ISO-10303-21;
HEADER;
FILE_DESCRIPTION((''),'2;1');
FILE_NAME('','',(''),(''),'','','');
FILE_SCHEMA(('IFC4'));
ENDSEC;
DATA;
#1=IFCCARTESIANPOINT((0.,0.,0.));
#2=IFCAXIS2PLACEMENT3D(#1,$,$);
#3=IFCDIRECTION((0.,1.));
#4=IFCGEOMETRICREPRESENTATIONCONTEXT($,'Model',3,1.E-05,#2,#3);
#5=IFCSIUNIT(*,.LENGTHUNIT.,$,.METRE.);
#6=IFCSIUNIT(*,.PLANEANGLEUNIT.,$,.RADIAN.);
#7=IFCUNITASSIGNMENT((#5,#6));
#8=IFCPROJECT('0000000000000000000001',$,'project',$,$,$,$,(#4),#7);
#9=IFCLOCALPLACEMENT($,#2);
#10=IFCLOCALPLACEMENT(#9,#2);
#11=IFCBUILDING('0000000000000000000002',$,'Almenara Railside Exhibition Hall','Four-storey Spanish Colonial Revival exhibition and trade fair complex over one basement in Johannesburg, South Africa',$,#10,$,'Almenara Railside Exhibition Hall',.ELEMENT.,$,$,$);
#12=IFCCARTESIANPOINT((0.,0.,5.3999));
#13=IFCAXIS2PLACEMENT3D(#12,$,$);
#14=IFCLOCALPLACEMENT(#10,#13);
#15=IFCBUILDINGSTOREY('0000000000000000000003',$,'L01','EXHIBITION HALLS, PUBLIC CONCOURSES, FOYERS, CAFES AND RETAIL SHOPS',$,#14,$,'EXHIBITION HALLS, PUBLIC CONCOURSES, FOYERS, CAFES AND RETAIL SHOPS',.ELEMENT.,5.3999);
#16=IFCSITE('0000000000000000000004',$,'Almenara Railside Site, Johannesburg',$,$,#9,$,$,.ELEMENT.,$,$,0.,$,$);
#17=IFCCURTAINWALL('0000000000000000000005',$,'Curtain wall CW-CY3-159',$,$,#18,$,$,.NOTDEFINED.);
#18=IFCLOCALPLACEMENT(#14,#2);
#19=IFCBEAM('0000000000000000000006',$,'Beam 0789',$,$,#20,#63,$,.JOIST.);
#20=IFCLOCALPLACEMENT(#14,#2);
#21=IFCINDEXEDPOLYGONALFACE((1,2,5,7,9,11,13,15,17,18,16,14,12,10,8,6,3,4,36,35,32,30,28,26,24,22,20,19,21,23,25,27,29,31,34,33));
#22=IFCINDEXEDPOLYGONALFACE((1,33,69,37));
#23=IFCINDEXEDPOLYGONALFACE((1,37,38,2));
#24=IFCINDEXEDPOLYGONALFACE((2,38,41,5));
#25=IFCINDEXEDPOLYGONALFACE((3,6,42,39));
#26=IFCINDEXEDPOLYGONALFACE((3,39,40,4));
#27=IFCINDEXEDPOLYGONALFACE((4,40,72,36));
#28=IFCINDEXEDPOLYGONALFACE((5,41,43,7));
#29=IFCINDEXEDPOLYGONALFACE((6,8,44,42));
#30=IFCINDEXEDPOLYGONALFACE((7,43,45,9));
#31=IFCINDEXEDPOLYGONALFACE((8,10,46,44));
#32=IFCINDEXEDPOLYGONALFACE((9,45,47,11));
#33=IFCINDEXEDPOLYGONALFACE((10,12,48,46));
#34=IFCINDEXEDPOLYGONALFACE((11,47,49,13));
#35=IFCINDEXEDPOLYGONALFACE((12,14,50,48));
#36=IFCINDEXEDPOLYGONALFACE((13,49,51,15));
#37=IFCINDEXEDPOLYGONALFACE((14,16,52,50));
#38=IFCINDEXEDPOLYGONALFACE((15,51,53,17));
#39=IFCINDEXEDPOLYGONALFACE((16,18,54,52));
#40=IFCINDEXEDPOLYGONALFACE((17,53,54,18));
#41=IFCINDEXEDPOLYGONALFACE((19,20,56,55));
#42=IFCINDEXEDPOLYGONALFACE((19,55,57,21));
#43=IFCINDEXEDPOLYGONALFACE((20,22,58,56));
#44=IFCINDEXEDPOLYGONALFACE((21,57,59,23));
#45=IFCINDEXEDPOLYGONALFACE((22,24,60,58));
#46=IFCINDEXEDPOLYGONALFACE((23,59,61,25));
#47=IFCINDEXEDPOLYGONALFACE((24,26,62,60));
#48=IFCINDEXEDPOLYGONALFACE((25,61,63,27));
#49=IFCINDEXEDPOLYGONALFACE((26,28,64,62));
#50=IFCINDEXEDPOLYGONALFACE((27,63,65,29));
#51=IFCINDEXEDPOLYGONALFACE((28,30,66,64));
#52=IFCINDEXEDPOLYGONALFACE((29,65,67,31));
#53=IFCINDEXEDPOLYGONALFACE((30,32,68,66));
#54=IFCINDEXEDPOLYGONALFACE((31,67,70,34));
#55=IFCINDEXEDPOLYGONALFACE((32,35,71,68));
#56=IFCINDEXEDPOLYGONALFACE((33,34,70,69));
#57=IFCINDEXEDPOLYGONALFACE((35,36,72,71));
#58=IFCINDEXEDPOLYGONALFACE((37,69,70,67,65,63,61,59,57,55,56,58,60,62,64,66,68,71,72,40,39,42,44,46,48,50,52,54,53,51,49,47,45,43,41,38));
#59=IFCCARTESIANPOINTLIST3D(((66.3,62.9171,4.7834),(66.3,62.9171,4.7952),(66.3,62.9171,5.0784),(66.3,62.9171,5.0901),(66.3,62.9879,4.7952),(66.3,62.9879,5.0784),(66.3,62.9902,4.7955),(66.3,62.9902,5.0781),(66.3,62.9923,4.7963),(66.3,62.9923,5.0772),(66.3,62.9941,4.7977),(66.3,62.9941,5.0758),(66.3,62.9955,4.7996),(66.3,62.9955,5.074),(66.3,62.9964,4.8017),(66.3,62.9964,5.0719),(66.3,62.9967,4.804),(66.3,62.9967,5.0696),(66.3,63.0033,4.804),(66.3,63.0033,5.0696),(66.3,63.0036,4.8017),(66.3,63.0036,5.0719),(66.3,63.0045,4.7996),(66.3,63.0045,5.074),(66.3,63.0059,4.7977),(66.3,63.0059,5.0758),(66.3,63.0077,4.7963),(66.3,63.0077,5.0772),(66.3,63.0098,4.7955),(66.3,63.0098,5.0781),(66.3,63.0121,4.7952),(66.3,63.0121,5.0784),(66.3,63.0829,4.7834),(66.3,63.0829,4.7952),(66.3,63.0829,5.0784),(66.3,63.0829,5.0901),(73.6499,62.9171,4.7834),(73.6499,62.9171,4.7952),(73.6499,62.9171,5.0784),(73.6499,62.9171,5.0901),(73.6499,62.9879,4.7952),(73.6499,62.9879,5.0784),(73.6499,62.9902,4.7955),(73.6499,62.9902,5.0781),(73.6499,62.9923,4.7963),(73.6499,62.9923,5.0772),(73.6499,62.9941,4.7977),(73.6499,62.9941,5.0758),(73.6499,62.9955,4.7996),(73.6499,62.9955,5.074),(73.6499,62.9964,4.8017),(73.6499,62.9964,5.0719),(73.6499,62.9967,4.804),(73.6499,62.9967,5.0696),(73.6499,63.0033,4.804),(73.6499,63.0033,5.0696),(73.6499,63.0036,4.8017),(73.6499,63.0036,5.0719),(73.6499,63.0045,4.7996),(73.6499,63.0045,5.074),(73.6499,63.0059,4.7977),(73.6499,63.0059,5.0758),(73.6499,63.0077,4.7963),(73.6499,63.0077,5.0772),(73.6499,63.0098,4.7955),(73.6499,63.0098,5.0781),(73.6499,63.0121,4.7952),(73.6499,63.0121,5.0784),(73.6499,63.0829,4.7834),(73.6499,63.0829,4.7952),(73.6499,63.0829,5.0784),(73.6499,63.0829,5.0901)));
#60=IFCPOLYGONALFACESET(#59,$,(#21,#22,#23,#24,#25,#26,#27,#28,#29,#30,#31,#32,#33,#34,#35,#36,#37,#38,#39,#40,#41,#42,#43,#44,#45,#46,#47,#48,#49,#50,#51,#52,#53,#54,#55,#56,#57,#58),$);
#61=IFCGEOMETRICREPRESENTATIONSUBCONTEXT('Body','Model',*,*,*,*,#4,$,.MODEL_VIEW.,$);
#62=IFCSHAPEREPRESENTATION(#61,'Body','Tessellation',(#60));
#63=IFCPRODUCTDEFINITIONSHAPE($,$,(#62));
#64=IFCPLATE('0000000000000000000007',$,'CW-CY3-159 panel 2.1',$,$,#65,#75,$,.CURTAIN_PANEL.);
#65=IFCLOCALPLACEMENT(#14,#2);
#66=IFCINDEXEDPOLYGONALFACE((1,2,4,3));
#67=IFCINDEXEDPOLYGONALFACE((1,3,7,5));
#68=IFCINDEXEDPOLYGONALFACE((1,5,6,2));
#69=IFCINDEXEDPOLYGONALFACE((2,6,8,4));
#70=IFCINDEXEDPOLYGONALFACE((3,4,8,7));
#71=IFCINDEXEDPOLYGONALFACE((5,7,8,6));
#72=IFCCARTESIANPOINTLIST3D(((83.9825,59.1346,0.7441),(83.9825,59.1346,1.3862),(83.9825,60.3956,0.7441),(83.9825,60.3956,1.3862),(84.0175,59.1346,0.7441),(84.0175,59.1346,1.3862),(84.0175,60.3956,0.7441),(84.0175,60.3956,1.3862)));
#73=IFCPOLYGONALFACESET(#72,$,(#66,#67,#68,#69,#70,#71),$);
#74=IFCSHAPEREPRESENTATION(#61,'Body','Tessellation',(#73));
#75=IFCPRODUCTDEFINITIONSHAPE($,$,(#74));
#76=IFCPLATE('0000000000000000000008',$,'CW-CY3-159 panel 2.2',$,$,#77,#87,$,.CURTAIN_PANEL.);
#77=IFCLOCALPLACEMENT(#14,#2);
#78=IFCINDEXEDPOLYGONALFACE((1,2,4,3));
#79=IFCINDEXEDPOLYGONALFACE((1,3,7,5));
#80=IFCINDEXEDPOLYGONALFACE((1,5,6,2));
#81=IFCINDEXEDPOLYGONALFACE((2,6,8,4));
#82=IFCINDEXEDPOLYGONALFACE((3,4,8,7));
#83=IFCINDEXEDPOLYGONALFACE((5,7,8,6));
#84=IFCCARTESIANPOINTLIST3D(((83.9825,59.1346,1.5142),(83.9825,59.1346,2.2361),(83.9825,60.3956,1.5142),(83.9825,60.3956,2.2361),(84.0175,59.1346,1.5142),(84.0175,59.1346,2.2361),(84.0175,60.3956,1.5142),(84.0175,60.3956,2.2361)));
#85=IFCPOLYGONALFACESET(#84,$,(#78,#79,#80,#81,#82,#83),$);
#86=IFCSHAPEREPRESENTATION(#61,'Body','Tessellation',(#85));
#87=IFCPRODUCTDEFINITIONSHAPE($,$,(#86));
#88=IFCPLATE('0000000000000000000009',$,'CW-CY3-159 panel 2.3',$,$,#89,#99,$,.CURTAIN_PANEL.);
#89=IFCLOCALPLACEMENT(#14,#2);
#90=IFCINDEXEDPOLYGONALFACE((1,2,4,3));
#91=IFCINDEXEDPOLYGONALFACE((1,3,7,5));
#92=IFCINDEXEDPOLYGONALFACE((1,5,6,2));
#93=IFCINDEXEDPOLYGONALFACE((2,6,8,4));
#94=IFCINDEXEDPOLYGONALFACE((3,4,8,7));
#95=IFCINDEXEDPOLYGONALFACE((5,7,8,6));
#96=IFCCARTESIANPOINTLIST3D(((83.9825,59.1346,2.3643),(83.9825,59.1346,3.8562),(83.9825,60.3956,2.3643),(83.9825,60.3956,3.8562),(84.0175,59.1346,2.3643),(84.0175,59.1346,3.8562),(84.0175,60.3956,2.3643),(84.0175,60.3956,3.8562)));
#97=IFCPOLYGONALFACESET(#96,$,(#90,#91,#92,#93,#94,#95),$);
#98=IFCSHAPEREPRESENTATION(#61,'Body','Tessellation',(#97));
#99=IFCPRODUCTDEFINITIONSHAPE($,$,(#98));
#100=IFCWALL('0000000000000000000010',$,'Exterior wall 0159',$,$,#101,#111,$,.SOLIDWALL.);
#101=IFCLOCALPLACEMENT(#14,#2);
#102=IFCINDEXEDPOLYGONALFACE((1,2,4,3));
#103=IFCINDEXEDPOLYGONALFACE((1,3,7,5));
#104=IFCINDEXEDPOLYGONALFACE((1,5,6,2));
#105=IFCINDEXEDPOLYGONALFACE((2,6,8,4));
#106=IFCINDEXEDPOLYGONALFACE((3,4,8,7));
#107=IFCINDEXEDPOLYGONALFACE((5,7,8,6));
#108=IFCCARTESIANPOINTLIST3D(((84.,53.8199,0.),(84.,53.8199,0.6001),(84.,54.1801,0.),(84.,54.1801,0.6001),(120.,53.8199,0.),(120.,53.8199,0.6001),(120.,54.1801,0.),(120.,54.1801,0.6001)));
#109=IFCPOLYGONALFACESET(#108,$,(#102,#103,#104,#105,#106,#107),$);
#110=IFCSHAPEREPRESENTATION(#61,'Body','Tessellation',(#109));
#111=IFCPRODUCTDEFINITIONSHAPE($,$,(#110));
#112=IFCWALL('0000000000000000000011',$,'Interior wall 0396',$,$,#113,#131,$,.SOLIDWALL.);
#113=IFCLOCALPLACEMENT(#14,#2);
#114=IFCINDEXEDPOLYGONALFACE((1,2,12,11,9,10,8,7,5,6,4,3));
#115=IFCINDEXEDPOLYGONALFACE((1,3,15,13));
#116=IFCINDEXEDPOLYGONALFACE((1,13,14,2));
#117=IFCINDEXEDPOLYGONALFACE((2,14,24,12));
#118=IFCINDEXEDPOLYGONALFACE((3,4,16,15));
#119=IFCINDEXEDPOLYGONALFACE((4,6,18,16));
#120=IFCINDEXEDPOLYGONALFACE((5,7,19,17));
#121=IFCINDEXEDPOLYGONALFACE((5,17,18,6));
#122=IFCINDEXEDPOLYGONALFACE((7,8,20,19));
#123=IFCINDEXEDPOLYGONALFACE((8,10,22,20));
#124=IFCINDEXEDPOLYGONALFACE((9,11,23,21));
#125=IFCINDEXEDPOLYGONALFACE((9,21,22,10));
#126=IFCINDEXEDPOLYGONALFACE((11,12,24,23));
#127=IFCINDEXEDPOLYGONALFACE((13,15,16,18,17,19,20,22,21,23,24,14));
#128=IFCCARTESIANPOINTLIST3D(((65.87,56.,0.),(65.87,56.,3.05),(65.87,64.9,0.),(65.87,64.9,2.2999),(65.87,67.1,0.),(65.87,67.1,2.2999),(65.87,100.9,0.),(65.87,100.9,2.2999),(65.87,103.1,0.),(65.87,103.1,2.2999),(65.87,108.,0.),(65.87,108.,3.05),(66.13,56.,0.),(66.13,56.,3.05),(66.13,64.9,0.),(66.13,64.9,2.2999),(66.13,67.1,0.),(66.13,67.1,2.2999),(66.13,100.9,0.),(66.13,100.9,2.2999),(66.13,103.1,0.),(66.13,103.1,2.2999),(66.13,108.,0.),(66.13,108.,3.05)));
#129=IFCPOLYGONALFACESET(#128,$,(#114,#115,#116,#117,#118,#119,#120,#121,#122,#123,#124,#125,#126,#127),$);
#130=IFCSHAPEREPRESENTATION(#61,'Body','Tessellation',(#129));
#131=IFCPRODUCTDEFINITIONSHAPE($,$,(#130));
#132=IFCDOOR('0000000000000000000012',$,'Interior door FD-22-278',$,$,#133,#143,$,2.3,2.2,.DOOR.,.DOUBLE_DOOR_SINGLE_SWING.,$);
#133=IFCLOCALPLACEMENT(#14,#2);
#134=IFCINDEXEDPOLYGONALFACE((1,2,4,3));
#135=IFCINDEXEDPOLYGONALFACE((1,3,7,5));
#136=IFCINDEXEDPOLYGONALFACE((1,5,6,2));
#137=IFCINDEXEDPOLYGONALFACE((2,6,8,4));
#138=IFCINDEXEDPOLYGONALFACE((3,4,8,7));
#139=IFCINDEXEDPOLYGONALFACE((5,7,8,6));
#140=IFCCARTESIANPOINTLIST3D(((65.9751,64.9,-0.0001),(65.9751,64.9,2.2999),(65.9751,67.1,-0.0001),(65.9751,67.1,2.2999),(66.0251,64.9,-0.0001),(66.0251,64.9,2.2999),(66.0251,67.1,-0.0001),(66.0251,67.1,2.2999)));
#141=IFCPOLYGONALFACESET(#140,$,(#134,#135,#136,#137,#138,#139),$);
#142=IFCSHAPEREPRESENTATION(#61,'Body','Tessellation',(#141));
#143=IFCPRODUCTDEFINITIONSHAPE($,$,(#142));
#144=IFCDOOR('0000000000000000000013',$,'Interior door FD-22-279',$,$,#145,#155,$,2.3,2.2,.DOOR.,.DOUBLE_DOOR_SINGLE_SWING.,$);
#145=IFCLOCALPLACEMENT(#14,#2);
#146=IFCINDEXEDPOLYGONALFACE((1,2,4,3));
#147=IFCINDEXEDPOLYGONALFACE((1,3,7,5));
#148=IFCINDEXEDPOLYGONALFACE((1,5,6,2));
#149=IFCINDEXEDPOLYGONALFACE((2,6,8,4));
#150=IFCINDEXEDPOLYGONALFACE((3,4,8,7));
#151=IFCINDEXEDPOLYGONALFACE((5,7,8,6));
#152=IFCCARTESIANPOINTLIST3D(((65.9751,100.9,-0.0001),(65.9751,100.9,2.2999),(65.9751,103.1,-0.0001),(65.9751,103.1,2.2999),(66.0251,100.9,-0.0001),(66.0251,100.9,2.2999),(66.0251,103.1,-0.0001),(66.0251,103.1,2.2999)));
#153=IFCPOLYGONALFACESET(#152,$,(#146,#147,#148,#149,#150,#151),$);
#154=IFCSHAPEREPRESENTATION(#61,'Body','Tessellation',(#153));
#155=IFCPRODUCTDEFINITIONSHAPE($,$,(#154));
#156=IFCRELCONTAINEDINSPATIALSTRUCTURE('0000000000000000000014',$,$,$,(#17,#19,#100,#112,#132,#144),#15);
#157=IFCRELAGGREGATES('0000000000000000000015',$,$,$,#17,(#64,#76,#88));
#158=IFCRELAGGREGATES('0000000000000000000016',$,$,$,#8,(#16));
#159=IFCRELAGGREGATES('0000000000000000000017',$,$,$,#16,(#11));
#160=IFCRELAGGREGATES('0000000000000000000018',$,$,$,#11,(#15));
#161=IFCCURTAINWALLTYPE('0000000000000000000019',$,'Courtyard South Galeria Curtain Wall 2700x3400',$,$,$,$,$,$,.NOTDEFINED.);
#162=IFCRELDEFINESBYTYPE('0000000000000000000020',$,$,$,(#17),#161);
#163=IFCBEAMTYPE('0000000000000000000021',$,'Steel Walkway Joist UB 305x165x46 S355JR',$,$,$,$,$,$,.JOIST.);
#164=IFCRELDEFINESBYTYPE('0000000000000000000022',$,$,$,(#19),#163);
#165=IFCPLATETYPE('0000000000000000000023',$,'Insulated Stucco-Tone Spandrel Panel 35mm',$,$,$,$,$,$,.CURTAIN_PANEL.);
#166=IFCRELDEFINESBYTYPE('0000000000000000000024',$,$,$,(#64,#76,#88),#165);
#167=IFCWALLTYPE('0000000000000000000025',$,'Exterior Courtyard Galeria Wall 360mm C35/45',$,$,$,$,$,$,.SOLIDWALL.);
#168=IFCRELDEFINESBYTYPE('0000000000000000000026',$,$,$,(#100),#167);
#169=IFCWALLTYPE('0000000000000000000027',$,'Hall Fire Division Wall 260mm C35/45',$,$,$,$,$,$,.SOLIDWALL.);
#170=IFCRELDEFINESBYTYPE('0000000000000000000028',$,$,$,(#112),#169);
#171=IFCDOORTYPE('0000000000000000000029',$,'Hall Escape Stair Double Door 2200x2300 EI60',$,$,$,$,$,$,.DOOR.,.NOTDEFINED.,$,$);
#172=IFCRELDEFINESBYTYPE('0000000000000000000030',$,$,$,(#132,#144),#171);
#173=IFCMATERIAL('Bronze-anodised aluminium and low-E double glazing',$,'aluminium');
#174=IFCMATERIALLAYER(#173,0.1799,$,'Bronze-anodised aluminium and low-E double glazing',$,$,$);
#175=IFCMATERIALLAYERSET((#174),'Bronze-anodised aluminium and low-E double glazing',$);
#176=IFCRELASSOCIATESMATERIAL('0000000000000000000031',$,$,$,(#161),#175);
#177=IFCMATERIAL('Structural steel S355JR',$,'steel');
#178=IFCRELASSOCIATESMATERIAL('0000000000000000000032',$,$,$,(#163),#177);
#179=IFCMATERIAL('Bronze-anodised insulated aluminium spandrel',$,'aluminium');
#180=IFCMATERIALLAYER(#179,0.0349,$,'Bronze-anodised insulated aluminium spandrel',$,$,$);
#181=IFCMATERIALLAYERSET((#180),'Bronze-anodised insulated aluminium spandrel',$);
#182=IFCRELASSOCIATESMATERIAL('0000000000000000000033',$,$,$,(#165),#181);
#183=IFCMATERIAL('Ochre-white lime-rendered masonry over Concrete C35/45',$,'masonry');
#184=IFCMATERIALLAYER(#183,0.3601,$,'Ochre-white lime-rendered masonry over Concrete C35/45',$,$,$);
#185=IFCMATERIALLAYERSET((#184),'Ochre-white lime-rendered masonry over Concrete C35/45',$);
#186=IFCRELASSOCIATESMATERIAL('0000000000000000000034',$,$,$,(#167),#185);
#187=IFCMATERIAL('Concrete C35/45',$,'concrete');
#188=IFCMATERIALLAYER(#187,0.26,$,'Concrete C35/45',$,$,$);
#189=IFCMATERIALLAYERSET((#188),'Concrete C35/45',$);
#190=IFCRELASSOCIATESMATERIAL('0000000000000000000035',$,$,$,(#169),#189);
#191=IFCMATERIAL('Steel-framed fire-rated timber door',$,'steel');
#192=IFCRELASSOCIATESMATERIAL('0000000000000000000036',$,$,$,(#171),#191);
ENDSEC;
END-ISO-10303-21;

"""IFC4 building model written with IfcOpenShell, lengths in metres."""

from ifc_helpers import new_model, si_unit, direction, frame, frame_2d, origin, origin_2d, place, context, subcontext, project, spatial, rectangle, i_section, extrude, material, layer, layer_set, material_profile, profile_set, type_object, element, fill, aggregate, save


model = new_model("IFC4")

# Units and contexts
model_context = context("Model", 3, precision=1e-05, world=origin(), true_north=direction((0.0, 1.0)))
body_context = subcontext(model_context, "Body", "Model", "MODEL_VIEW")
ifc_project = project(units=[si_unit("LENGTHUNIT", "METRE"), si_unit("PLANEANGLEUNIT", "RADIAN")], contexts=[model_context])

# Site, building, storey
site_placement = place(None, origin())
site = spatial("IfcSite", under=ifc_project, at=site_placement, Name="Almenara Railside Site, Johannesburg", CompositionType="ELEMENT", RefElevation=0.0)
building_placement = place(site_placement, origin())
building = spatial("IfcBuilding", under=site, at=building_placement, Name="Almenara Railside Exhibition Hall", Description="Four-storey Spanish Colonial Revival exhibition and trade fair complex over one basement in Johannesburg, South Africa", LongName="Almenara Railside Exhibition Hall", CompositionType="ELEMENT")
storey_placement = place(building_placement, frame((0.0, 0.0, 5.3999)))
storey = spatial("IfcBuildingStorey", under=building, at=storey_placement, Name="L01", Description="EXHIBITION HALLS, PUBLIC CONCOURSES, FOYERS, CAFES AND RETAIL SHOPS", LongName="EXHIBITION HALLS, PUBLIC CONCOURSES, FOYERS, CAFES AND RETAIL SHOPS", CompositionType="ELEMENT", Elevation=5.3999)

# Shared definitions
ifc_material_1 = material(Name="Concrete C35/45", Category="concrete")

# Curtain wall
ifc_material_2 = material(Name="Bronze-anodised aluminium and low-E double glazing", Category="aluminium")
ifc_layer_1 = layer(ifc_material_2, 0.1799, Name="Bronze-anodised aluminium and low-E double glazing")
ifc_layer_set_1 = layer_set([ifc_layer_1], Name="Bronze-anodised aluminium and low-E double glazing")
curtain_wall_type = type_object("IfcCurtainWallType", Name="Courtyard South Galeria Curtain Wall 2700x3400", PredefinedType="NOTDEFINED", material=ifc_layer_set_1)
curtain_wall_placement = place(storey_placement, origin())
curtain_wall = element("IfcCurtainWall", 1, at=curtain_wall_placement, inside=storey, type_object=curtain_wall_type, Name="Curtain wall CW-CY3-159", PredefinedType="NOTDEFINED")

# Beam
ifc_material_3 = material(Name="Structural steel S355JR", Category="steel")
ifc_material_profile_1 = material_profile(ifc_material_3, i_section(OverallWidth=0.1658, OverallDepth=0.3066, WebThickness=0.0066, FlangeThickness=0.0117, FilletRadius=0.0088, at=origin_2d()), Name="UB 305x165x46")
ifc_profile_set_1 = profile_set([ifc_material_profile_1], Name="Structural steel S355JR")
beam_type_1 = type_object("IfcBeamType", Name="Steel Walkway Joist UB 305x165x46 S355JR", PredefinedType="JOIST", material=ifc_profile_set_1)
beam_1_placement = place(storey_placement, frame((66.3, 63.0, 4.9368), z_axis=(1.0, 0.0, 0.0), x_axis=(0.0, 1.0, 0.0)))
element("IfcBeam", 2, at=beam_1_placement, inside=storey, type_object=beam_type_1, Name="Beam 0789", PredefinedType="JOIST", context=body_context, shape_type="SweptSolid", body=[
    extrude(i_section(OverallWidth=0.1658, OverallDepth=0.3066, WebThickness=0.0066, FlangeThickness=0.0117, FilletRadius=0.0088, at=origin_2d()), origin(), (0.0, 0.0, 1.0), 7.3499),
])

# Plates
ifc_material_4 = material(Name="Bronze-anodised insulated aluminium spandrel", Category="aluminium")
ifc_layer_2 = layer(ifc_material_4, 0.0349, Name="Bronze-anodised insulated aluminium spandrel")
ifc_layer_set_2 = layer_set([ifc_layer_2], Name="Bronze-anodised insulated aluminium spandrel")
plate_type = type_object("IfcPlateType", Name="Insulated Stucco-Tone Spandrel Panel 35mm", PredefinedType="CURTAIN_PANEL", material=ifc_layer_set_2)
plate_1_placement = place(storey_placement, frame((84.0, 59.7651, 0.7441), z_axis=(0.0, 0.0, 1.0), x_axis=(0.0, -1.0, 0.0)))
plate_1 = element("IfcPlate", 3, at=plate_1_placement, type_object=plate_type, Name="CW-CY3-159 panel 2.1", PredefinedType="CURTAIN_PANEL", context=body_context, shape_type="SweptSolid", body=[
    extrude(rectangle(XDim=1.261, YDim=0.0349, at=origin_2d()), origin(), (0.0, 0.0, 1.0), 0.6421),
])
plate_2_placement = place(storey_placement, frame((84.0, 59.7651, 1.5142), z_axis=(0.0, 0.0, 1.0), x_axis=(0.0, -1.0, 0.0)))
plate_2 = element("IfcPlate", 4, at=plate_2_placement, type_object=plate_type, Name="CW-CY3-159 panel 2.2", PredefinedType="CURTAIN_PANEL", context=body_context, shape_type="SweptSolid", body=[
    extrude(rectangle(XDim=1.261, YDim=0.0349, at=origin_2d()), origin(), (0.0, 0.0, 1.0), 0.7219),
])
plate_3_placement = place(storey_placement, frame((84.0, 59.7651, 2.3643), z_axis=(0.0, 0.0, 1.0), x_axis=(0.0, -1.0, 0.0)))
plate_3 = element("IfcPlate", 5, at=plate_3_placement, type_object=plate_type, Name="CW-CY3-159 panel 2.3", PredefinedType="CURTAIN_PANEL", context=body_context, shape_type="SweptSolid", body=[
    extrude(rectangle(XDim=1.261, YDim=0.0349, at=origin_2d()), origin(), (0.0, 0.0, 1.0), 1.4919),
])
aggregate(curtain_wall, [plate_1, plate_2, plate_3])

# Wall
ifc_material_5 = material(Name="Ochre-white lime-rendered masonry over Concrete C35/45", Category="masonry")
ifc_layer_3 = layer(ifc_material_5, 0.3601, Name="Ochre-white lime-rendered masonry over Concrete C35/45")
ifc_layer_set_3 = layer_set([ifc_layer_3], Name="Ochre-white lime-rendered masonry over Concrete C35/45")
wall_type_1 = type_object("IfcWallType", Name="Exterior Courtyard Galeria Wall 360mm C35/45", PredefinedType="SOLIDWALL", material=ifc_layer_set_3)
wall_1_placement = place(storey_placement, frame((84.0, 54.0, 0.0), z_axis=(0.0, 0.0, 1.0), x_axis=(1.0, 0.0, 0.0)))
element("IfcWall", 6, at=wall_1_placement, inside=storey, type_object=wall_type_1, Name="Exterior wall 0159", PredefinedType="SOLIDWALL", context=body_context, shape_type="SweptSolid", body=[
    extrude(rectangle(XDim=36.0, YDim=0.3601, at=frame_2d((18.0, 0.0))), origin(), (0.0, 0.0, 1.0), 0.6001),
])

# Wall, openings, doors
ifc_layer_4 = layer(ifc_material_1, 0.26, Name="Concrete C35/45")
ifc_layer_set_4 = layer_set([ifc_layer_4], Name="Concrete C35/45")
wall_type_2 = type_object("IfcWallType", Name="Hall Fire Division Wall 260mm C35/45", PredefinedType="SOLIDWALL", material=ifc_layer_set_4)
wall_2_placement = place(storey_placement, frame((66.0, 56.0, 0.0), z_axis=(0.0, 0.0, 1.0), x_axis=(0.0, 1.0, 0.0)))
wall_2 = element("IfcWall", 7, at=wall_2_placement, inside=storey, type_object=wall_type_2, Name="Interior wall 0396", PredefinedType="SOLIDWALL", context=body_context, shape_type="SweptSolid", body=[
    extrude(rectangle(XDim=52.0, YDim=0.26, at=frame_2d((26.0, 0.0))), origin(), (0.0, 0.0, 1.0), 3.05),
])
opening_1_placement = place(wall_2_placement, frame((8.8999, 0.0, 0.0)))
opening_1 = element("IfcOpeningElement", 8, at=opening_1_placement, cuts=wall_2, PredefinedType="OPENING", context=body_context, shape_type="SweptSolid", body=[
    extrude(rectangle(XDim=2.2, YDim=2.3, at=frame_2d((1.1001, 1.1499))), frame((0.0, 0.1399, 0.0), z_axis=(0.0, -1.0, 0.0), x_axis=(1.0, 0.0, 0.0)), (0.0, 0.0, 1.0), 0.28),
])
opening_2_placement = place(wall_2_placement, frame((44.8999, 0.0, 0.0)))
opening_2 = element("IfcOpeningElement", 9, at=opening_2_placement, cuts=wall_2, PredefinedType="OPENING", context=body_context, shape_type="SweptSolid", body=[
    extrude(rectangle(XDim=2.2, YDim=2.3, at=frame_2d((1.1001, 1.1499))), frame((0.0, 0.1399, 0.0), z_axis=(0.0, -1.0, 0.0), x_axis=(1.0, 0.0, 0.0)), (0.0, 0.0, 1.0), 0.28),
])
ifc_material_6 = material(Name="Steel-framed fire-rated timber door", Category="steel")
door_type = type_object("IfcDoorType", Name="Hall Escape Stair Double Door 2200x2300 EI60", OperationType="NOTDEFINED", PredefinedType="DOOR", material=ifc_material_6)
door_1_placement = place(opening_1_placement, origin())
door_1 = element("IfcDoor", 10, at=door_1_placement, inside=storey, type_object=door_type, Name="Interior door FD-22-278", OperationType="DOUBLE_DOOR_SINGLE_SWING", OverallHeight=2.3, OverallWidth=2.2, PredefinedType="DOOR", context=body_context, shape_type="SweptSolid", body=[
    extrude(rectangle(XDim=2.2, YDim=2.3, at=frame_2d((1.1001, 1.1499))), frame((0.0, 0.0249, 0.0), z_axis=(0.0, -1.0, 0.0), x_axis=(1.0, 0.0, 0.0)), (0.0, 0.0, 1.0), 0.05),
])
fill(opening_1, door_1)
door_2_placement = place(opening_2_placement, origin())
door_2 = element("IfcDoor", 11, at=door_2_placement, inside=storey, type_object=door_type, Name="Interior door FD-22-279", OperationType="DOUBLE_DOOR_SINGLE_SWING", OverallHeight=2.3, OverallWidth=2.2, PredefinedType="DOOR", context=body_context, shape_type="SweptSolid", body=[
    extrude(rectangle(XDim=2.2, YDim=2.3, at=frame_2d((1.1001, 1.1499))), frame((0.0, 0.0249, 0.0), z_axis=(0.0, -1.0, 0.0), x_axis=(1.0, 0.0, 0.0)), (0.0, 0.0, 1.0), 0.05),
])
fill(opening_2, door_2)

save(model, "model.ifc")
